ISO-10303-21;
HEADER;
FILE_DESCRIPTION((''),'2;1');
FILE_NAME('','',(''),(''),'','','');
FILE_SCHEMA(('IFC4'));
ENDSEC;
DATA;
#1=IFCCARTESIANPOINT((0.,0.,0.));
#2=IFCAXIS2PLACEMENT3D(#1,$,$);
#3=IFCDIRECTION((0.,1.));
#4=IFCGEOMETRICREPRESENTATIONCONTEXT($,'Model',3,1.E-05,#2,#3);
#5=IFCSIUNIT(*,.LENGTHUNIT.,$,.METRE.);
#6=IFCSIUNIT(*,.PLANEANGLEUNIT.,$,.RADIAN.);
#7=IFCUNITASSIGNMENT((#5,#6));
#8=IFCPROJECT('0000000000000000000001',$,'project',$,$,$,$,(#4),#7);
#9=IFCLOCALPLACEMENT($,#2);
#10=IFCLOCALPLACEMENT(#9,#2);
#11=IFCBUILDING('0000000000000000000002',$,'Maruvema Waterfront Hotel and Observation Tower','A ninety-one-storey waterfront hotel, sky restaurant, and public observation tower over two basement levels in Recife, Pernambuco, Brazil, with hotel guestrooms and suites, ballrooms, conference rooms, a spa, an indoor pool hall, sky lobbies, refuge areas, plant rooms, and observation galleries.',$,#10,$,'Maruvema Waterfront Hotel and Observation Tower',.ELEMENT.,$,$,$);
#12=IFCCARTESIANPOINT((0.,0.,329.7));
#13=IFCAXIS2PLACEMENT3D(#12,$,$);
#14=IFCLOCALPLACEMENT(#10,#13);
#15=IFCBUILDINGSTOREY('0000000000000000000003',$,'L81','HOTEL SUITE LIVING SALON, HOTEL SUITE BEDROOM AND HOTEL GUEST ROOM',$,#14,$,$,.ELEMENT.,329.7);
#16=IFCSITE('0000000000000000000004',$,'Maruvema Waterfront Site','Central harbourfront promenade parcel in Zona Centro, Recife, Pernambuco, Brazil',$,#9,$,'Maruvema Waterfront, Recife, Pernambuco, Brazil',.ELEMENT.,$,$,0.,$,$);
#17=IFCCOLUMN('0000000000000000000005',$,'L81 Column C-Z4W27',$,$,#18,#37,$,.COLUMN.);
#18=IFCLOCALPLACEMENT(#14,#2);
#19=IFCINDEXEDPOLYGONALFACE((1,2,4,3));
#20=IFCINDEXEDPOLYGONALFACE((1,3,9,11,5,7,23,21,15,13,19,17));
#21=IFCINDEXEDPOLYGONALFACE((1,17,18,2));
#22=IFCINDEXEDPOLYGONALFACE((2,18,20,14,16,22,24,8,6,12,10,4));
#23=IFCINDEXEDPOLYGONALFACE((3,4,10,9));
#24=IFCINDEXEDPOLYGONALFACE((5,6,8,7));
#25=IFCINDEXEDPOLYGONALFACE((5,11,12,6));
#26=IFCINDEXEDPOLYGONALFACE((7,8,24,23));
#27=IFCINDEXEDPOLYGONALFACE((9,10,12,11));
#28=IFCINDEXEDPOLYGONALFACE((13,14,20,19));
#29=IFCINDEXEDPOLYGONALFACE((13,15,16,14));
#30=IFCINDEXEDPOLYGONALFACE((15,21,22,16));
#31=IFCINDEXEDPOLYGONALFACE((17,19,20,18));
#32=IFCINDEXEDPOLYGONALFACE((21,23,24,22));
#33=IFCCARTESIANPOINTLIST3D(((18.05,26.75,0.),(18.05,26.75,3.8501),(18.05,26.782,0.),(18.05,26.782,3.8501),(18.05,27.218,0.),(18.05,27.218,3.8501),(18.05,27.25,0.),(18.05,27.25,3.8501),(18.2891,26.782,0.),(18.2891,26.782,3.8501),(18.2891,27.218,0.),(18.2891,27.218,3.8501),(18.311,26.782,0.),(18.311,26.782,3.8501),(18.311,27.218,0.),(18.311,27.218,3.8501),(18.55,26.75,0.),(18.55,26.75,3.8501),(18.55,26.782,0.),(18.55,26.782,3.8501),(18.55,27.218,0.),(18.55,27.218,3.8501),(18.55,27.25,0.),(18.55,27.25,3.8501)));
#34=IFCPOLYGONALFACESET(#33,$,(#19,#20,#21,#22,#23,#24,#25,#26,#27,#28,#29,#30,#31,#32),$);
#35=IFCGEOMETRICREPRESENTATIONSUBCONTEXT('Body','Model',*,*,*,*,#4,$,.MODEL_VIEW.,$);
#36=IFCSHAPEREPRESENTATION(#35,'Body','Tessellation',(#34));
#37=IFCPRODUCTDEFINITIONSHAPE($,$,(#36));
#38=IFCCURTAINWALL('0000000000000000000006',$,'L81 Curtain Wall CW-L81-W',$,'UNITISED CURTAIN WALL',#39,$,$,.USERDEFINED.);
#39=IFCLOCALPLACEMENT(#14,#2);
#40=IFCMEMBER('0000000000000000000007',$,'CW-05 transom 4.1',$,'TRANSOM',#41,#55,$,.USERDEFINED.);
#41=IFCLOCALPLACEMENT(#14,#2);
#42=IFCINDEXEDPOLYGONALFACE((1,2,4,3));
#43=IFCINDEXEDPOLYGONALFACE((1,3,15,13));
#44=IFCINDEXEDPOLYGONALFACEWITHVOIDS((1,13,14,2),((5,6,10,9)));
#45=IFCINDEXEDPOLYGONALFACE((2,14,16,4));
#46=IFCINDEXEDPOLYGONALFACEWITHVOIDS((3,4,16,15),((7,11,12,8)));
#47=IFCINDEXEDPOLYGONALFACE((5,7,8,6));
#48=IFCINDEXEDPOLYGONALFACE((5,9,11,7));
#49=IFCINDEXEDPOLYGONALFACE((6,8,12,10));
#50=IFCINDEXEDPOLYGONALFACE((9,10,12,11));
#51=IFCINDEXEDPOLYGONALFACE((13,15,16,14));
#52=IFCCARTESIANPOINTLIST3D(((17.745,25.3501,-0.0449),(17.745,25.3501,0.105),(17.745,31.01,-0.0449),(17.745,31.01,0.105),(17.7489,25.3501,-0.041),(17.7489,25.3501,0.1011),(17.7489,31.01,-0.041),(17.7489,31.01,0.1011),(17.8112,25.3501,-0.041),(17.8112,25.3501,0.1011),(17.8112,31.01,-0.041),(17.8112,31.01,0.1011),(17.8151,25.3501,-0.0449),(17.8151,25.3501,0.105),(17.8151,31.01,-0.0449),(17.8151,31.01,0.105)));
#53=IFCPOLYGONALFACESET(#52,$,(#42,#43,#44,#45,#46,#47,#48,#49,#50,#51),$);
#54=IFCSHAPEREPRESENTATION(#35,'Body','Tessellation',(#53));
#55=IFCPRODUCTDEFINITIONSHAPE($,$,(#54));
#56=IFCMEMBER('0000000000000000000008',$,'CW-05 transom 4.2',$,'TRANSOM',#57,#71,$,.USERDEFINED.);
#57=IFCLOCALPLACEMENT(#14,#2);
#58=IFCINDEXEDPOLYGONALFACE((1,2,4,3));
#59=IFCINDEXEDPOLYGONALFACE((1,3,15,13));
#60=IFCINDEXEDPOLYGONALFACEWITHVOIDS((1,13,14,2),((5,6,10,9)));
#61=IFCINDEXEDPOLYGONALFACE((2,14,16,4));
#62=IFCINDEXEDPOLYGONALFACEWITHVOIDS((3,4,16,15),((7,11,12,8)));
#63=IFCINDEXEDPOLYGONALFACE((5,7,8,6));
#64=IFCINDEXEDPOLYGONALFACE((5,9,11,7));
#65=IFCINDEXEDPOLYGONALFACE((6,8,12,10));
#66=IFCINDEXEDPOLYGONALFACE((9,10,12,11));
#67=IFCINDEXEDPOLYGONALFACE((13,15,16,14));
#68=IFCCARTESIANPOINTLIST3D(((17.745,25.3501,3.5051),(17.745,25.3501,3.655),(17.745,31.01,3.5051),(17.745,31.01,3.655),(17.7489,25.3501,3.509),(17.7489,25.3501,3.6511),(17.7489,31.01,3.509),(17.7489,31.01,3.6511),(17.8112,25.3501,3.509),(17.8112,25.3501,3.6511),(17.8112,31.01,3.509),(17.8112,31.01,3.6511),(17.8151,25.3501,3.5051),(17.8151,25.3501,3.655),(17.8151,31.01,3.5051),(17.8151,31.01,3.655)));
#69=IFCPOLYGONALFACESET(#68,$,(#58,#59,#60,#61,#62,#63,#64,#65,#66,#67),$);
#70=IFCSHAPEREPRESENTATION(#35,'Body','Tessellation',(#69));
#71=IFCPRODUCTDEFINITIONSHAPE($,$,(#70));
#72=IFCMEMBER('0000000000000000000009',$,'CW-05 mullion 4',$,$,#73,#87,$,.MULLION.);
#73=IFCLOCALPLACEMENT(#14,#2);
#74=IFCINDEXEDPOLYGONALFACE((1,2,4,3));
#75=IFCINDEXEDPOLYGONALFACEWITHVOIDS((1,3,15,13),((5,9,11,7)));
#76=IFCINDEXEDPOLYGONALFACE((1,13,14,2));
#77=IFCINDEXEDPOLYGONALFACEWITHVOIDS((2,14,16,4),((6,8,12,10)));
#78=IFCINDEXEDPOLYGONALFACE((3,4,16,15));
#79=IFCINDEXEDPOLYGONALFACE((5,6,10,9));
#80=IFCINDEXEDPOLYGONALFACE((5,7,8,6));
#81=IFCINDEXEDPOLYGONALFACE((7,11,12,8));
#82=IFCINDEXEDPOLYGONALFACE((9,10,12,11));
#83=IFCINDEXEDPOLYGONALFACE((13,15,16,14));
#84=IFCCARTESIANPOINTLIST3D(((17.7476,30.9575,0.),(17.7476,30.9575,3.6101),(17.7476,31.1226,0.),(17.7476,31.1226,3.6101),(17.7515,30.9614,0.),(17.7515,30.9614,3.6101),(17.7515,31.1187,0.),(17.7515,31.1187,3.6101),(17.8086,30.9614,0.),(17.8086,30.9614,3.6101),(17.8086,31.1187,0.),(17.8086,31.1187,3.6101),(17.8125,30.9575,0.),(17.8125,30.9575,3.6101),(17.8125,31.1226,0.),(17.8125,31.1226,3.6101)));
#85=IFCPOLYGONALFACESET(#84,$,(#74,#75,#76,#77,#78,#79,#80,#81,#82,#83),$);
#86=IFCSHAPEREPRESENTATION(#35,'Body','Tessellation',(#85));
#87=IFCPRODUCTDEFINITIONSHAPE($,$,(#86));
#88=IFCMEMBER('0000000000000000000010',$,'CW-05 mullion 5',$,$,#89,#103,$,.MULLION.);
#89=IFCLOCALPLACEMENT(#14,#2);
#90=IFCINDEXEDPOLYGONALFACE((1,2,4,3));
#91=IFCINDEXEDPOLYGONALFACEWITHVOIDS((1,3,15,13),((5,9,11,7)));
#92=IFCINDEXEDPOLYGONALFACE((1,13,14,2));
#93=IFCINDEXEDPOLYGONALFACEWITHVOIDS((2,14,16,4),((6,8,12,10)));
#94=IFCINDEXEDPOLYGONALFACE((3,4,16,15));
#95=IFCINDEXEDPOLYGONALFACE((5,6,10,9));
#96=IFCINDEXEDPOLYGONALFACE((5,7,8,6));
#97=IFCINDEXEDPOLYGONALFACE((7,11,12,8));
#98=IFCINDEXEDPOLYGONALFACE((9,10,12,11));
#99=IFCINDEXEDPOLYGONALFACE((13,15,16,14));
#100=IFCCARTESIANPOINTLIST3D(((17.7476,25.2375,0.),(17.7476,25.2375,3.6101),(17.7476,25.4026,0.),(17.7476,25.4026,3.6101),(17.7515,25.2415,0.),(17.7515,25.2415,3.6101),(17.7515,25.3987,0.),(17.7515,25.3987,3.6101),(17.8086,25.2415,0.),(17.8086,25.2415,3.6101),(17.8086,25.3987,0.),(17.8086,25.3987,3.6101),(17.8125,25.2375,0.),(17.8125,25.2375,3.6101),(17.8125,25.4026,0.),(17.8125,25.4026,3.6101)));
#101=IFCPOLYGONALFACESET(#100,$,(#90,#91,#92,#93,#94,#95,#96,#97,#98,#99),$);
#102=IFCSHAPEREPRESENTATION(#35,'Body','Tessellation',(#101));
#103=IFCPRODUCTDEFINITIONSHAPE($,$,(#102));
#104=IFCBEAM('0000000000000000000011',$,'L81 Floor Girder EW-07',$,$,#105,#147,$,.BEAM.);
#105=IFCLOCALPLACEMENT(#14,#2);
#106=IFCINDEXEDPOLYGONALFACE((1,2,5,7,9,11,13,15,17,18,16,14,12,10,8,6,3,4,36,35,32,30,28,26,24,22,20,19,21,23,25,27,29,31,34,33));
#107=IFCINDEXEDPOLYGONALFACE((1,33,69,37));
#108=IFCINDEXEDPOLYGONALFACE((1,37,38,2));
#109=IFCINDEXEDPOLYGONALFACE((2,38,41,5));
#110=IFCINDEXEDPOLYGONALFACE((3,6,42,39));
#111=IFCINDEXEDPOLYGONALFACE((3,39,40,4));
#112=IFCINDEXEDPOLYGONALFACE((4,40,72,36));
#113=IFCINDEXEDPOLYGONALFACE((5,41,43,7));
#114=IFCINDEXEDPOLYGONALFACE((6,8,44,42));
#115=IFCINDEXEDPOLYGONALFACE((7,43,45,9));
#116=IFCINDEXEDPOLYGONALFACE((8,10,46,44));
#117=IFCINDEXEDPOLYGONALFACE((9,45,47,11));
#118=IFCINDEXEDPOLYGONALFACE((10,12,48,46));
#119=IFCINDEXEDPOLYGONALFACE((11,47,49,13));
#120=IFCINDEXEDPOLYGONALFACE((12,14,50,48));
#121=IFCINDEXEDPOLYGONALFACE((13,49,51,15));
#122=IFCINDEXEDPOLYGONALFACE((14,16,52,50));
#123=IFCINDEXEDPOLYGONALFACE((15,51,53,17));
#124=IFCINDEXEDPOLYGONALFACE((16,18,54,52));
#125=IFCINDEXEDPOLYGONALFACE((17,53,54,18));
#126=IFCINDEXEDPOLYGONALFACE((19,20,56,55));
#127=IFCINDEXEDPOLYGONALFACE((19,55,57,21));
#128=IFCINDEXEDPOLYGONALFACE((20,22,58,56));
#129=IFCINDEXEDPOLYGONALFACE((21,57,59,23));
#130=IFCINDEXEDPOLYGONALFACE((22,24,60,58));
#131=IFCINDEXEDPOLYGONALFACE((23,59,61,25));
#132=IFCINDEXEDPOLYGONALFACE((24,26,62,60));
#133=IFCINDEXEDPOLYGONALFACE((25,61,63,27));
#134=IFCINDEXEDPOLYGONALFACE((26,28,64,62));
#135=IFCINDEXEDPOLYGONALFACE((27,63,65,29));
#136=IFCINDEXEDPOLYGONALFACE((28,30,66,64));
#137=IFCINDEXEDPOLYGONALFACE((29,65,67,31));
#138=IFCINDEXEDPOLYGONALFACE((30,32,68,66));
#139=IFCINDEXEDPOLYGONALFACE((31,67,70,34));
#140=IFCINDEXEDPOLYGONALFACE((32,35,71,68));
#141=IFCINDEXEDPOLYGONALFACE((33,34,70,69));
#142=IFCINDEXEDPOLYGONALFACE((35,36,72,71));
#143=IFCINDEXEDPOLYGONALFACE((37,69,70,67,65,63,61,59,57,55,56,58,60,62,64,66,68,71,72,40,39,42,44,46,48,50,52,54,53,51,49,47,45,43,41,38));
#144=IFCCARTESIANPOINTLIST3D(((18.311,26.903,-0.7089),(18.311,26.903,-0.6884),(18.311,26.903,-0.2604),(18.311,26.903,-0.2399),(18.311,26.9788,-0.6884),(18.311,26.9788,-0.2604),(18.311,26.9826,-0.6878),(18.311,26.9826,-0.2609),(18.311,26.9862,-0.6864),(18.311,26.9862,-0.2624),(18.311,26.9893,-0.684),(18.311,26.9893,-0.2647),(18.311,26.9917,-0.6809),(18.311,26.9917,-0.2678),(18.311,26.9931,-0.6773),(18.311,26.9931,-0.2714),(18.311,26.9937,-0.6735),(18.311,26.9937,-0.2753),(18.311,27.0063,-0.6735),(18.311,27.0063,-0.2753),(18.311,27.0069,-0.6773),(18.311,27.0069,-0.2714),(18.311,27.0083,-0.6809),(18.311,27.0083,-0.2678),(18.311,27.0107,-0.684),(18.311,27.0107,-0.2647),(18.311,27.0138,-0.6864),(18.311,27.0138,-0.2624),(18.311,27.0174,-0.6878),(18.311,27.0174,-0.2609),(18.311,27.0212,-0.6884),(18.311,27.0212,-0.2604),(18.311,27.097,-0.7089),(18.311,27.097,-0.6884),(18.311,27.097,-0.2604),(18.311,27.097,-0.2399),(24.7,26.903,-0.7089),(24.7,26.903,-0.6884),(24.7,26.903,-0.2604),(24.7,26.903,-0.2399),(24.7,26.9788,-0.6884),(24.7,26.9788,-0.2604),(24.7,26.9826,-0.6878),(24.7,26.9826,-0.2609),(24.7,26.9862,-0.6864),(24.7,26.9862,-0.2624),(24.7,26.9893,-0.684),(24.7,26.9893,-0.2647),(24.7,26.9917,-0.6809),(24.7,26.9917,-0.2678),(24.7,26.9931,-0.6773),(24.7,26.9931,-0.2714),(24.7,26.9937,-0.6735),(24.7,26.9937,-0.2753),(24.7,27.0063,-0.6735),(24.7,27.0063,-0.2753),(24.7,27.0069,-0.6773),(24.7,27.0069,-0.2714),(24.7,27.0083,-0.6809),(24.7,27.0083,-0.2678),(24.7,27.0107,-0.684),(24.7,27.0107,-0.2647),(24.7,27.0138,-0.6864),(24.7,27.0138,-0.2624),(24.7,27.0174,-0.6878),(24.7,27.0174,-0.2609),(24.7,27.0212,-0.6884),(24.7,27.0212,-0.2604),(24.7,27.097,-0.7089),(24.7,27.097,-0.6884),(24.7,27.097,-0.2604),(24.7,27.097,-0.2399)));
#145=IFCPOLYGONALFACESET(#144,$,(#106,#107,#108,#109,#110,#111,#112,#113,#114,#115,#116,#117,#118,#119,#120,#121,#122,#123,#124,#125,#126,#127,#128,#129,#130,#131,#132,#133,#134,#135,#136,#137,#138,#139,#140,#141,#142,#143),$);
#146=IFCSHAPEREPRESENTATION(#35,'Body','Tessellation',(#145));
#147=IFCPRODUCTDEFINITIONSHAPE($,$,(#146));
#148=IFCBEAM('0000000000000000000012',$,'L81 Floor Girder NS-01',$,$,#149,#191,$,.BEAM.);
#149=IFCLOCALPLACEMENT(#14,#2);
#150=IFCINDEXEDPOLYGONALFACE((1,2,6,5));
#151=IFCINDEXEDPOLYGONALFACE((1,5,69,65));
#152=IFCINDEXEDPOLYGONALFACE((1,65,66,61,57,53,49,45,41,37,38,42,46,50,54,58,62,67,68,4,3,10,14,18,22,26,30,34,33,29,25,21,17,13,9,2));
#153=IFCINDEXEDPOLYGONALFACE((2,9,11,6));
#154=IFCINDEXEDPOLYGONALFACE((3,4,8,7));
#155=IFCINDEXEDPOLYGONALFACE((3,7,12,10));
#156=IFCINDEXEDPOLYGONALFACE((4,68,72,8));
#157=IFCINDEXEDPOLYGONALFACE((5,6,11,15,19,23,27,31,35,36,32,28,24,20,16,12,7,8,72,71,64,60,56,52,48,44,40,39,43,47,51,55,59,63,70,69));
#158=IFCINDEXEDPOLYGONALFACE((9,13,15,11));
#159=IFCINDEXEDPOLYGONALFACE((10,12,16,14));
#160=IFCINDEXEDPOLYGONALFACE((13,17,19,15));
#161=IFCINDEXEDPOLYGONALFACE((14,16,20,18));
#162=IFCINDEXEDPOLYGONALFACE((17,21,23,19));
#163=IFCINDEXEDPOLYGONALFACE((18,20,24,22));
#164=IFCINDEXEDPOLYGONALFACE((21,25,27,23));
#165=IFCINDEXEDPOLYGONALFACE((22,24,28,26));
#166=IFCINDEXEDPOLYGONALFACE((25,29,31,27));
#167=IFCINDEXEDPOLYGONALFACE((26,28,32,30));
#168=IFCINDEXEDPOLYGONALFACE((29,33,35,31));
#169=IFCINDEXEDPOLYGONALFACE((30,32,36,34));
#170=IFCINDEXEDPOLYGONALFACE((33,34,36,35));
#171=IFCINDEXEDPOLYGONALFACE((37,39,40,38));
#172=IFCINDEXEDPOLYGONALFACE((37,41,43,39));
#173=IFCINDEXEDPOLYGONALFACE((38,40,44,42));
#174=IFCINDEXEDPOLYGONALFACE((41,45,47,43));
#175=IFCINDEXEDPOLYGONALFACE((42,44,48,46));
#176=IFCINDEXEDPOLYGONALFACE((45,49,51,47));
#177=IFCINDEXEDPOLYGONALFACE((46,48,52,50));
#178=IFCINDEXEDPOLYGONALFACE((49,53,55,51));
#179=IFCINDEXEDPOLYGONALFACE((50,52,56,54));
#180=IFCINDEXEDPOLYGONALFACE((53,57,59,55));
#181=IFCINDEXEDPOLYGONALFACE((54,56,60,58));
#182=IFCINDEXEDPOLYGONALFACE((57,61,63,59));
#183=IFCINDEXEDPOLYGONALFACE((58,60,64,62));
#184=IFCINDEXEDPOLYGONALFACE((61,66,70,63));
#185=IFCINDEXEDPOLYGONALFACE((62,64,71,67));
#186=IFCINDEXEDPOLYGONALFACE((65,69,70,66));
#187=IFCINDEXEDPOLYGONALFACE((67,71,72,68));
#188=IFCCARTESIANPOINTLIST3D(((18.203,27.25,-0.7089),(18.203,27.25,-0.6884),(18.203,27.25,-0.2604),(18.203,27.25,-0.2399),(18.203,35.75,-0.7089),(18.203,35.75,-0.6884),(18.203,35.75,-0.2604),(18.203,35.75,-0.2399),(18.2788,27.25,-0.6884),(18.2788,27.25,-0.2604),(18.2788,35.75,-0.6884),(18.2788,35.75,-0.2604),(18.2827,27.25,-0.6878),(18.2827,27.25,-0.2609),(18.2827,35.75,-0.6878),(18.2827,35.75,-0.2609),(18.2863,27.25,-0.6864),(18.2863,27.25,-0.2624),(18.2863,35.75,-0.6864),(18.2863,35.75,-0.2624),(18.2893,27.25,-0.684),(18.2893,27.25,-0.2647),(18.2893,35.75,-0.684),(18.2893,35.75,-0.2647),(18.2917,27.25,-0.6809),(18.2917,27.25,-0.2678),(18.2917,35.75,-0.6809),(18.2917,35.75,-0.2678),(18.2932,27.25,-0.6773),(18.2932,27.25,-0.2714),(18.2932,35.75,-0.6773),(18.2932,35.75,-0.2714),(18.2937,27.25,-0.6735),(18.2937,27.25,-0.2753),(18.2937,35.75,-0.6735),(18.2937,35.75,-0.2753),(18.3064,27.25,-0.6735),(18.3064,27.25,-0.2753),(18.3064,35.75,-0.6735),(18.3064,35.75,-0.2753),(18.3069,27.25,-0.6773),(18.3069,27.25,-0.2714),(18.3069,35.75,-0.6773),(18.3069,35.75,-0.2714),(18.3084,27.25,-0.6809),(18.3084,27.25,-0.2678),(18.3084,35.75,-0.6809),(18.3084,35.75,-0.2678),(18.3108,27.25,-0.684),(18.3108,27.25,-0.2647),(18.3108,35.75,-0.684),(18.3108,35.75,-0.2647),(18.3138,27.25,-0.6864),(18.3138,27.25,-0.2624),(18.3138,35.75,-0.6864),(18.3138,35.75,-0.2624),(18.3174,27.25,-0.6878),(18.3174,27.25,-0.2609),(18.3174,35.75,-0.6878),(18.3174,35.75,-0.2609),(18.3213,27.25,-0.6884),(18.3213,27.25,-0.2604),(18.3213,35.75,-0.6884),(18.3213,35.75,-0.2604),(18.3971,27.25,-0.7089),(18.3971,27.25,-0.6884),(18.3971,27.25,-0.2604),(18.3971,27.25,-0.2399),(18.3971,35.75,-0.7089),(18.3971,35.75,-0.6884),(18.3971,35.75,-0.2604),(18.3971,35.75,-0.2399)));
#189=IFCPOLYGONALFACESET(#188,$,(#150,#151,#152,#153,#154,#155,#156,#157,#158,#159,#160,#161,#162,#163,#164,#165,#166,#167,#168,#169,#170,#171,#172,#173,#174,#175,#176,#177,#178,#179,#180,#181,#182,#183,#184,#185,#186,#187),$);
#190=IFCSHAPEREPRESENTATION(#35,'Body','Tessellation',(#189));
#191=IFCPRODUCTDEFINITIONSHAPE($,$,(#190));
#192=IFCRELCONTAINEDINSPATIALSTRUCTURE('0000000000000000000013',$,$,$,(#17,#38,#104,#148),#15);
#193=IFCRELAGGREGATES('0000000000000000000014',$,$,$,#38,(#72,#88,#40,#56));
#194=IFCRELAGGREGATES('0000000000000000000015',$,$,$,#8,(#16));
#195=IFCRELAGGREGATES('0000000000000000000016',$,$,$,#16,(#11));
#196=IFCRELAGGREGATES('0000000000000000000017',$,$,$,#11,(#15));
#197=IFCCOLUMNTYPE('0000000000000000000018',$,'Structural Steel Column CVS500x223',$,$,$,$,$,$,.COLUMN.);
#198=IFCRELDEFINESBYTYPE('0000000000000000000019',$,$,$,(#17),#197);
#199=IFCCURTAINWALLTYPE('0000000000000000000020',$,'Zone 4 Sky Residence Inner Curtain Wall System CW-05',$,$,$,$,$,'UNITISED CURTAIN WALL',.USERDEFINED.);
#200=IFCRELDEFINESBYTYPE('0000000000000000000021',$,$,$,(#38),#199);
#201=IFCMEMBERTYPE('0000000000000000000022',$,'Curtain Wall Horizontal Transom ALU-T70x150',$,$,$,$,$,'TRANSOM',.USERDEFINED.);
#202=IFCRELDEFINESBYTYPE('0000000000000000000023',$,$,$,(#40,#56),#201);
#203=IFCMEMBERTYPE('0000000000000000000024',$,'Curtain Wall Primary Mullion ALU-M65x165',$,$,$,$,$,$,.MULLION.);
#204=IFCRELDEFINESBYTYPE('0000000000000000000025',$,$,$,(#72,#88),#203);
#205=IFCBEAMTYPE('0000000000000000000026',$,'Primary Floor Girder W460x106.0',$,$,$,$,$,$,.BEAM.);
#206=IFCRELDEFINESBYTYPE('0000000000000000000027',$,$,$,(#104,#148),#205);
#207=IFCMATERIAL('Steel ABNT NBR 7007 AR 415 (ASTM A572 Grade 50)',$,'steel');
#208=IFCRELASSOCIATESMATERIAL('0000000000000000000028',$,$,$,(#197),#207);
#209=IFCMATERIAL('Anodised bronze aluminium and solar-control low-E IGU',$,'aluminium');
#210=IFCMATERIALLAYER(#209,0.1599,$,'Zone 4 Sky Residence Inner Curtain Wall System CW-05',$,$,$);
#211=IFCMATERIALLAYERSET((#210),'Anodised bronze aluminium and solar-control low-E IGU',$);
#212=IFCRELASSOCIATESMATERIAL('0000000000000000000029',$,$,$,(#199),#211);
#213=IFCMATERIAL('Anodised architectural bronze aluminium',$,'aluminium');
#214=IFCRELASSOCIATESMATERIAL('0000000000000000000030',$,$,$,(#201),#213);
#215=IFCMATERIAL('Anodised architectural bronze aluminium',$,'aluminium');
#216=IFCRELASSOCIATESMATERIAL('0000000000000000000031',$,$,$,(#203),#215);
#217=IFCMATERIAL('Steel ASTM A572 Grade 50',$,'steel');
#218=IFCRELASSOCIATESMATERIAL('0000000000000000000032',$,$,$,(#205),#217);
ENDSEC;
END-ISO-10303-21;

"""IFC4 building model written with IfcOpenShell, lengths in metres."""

from ifc_helpers import new_model, si_unit, direction, frame, origin, origin_2d, place, context, subcontext, project, spatial, hollow_rectangle, i_section, extrude, material, layer, layer_set, material_profile, profile_set, type_object, element, aggregate, save


model = new_model("IFC4")

# Units and contexts
model_context = context("Model", 3, precision=1e-05, world=origin(), true_north=direction((0.0, 1.0)))
body_context = subcontext(model_context, "Body", "Model", "MODEL_VIEW")
ifc_project = project(units=[si_unit("LENGTHUNIT", "METRE"), si_unit("PLANEANGLEUNIT", "RADIAN")], contexts=[model_context])

# Site, building, storey
site_placement = place(None, origin())
site = spatial("IfcSite", under=ifc_project, at=site_placement, Name="Maruvema Waterfront Site", Description="Central harbourfront promenade parcel in Zona Centro, Recife, Pernambuco, Brazil", LongName="Maruvema Waterfront, Recife, Pernambuco, Brazil", CompositionType="ELEMENT", RefElevation=0.0)
building_placement = place(site_placement, origin())
building = spatial("IfcBuilding", under=site, at=building_placement, Name="Maruvema Waterfront Hotel and Observation Tower", Description="A ninety-one-storey waterfront hotel, sky restaurant, and public observation tower over two basement levels in Recife, Pernambuco, Brazil, with hotel guestrooms and suites, ballrooms, conference rooms, a spa, an indoor pool hall, sky lobbies, refuge areas, plant rooms, and observation galleries.", LongName="Maruvema Waterfront Hotel and Observation Tower", CompositionType="ELEMENT")
storey_placement = place(building_placement, frame((0.0, 0.0, 329.7)))
storey = spatial("IfcBuildingStorey", under=building, at=storey_placement, Name="L81", Description="HOTEL SUITE LIVING SALON, HOTEL SUITE BEDROOM AND HOTEL GUEST ROOM", CompositionType="ELEMENT", Elevation=329.7)

# Column
ifc_material_1 = material(Name="Steel ABNT NBR 7007 AR 415 (ASTM A572 Grade 50)", Category="steel")
ifc_material_profile_1 = material_profile(ifc_material_1, i_section(OverallWidth=0.5, OverallDepth=0.5, WebThickness=0.022, FlangeThickness=0.032, at=origin_2d()), Name="CVS500x223")
ifc_profile_set_1 = profile_set([ifc_material_profile_1], Name="Steel ABNT NBR 7007 AR 415 (ASTM A572 Grade 50)")
column_type = type_object("IfcColumnType", Name="Structural Steel Column CVS500x223", PredefinedType="COLUMN", material=ifc_profile_set_1)
column_placement = place(storey_placement, frame((18.3, 27.0, 0.0), z_axis=(0.0, 0.0, 1.0), x_axis=(1.0, 0.0, 0.0)))
element("IfcColumn", 1, at=column_placement, inside=storey, type_object=column_type, Name="L81 Column C-Z4W27", PredefinedType="COLUMN", context=body_context, shape_type="SweptSolid", body=[
    extrude(i_section(OverallWidth=0.5, OverallDepth=0.5, WebThickness=0.022, FlangeThickness=0.032, at=origin_2d()), origin(), (0.0, 0.0, 1.0), 3.8501),
])

# Curtain wall, members
ifc_material_2 = material(Name="Anodised bronze aluminium and solar-control low-E IGU", Category="aluminium")
ifc_layer_1 = layer(ifc_material_2, 0.1599, Name="Zone 4 Sky Residence Inner Curtain Wall System CW-05")
ifc_layer_set_1 = layer_set([ifc_layer_1], Name="Anodised bronze aluminium and solar-control low-E IGU")
curtain_wall_type = type_object("IfcCurtainWallType", Name="Zone 4 Sky Residence Inner Curtain Wall System CW-05", ElementType="UNITISED CURTAIN WALL", PredefinedType="USERDEFINED", material=ifc_layer_set_1)
curtain_wall_placement = place(storey_placement, origin())
curtain_wall = element("IfcCurtainWall", 2, at=curtain_wall_placement, inside=storey, type_object=curtain_wall_type, Name="L81 Curtain Wall CW-L81-W", ObjectType="UNITISED CURTAIN WALL", PredefinedType="USERDEFINED")
ifc_material_3 = material(Name="Anodised architectural bronze aluminium", Category="aluminium")
ifc_material_profile_2 = material_profile(ifc_material_3, hollow_rectangle(XDim=0.0701, YDim=0.1499, WallThickness=0.0039, at=origin_2d()), Name="ALU-T70x150")
ifc_profile_set_2 = profile_set([ifc_material_profile_2], Name="Anodised architectural bronze aluminium")
member_type_1 = type_object("IfcMemberType", Name="Curtain Wall Horizontal Transom ALU-T70x150", ElementType="TRANSOM", PredefinedType="USERDEFINED", material=ifc_profile_set_2)
member_1_placement = place(storey_placement, frame((17.78, 31.01, 0.03), z_axis=(0.0, -1.0, 0.0), x_axis=(1.0, 0.0, 0.0)))
member_1 = element("IfcMember", 3, at=member_1_placement, type_object=member_type_1, Name="CW-05 transom 4.1", ObjectType="TRANSOM", PredefinedType="USERDEFINED", context=body_context, shape_type="SweptSolid", body=[
    extrude(hollow_rectangle(XDim=0.0701, YDim=0.1499, WallThickness=0.0039, at=origin_2d()), origin(), (0.0, 0.0, 1.0), 5.6599),
])
member_2_placement = place(storey_placement, frame((17.78, 31.01, 3.5801), z_axis=(0.0, -1.0, 0.0), x_axis=(1.0, 0.0, 0.0)))
member_2 = element("IfcMember", 4, at=member_2_placement, type_object=member_type_1, Name="CW-05 transom 4.2", ObjectType="TRANSOM", PredefinedType="USERDEFINED", context=body_context, shape_type="SweptSolid", body=[
    extrude(hollow_rectangle(XDim=0.0701, YDim=0.1499, WallThickness=0.0039, at=origin_2d()), origin(), (0.0, 0.0, 1.0), 5.6599),
])
ifc_material_4 = material(Name="Anodised architectural bronze aluminium", Category="aluminium")
ifc_material_profile_3 = material_profile(ifc_material_4, hollow_rectangle(XDim=0.0649, YDim=0.165, WallThickness=0.0039, at=origin_2d()), Name="ALU-M65x165")
ifc_profile_set_3 = profile_set([ifc_material_profile_3], Name="Anodised architectural bronze aluminium")
member_type_2 = type_object("IfcMemberType", Name="Curtain Wall Primary Mullion ALU-M65x165", PredefinedType="MULLION", material=ifc_profile_set_3)
member_3_placement = place(storey_placement, frame((17.78, 31.04, 0.0), z_axis=(0.0, 0.0, 1.0), x_axis=(1.0, 0.0, 0.0)))
member_3 = element("IfcMember", 5, at=member_3_placement, type_object=member_type_2, Name="CW-05 mullion 4", PredefinedType="MULLION", context=body_context, shape_type="SweptSolid", body=[
    extrude(hollow_rectangle(XDim=0.0649, YDim=0.165, WallThickness=0.0039, at=origin_2d()), origin(), (0.0, 0.0, 1.0), 3.6101),
])
member_4_placement = place(storey_placement, frame((17.78, 25.3201, 0.0), z_axis=(0.0, 0.0, 1.0), x_axis=(1.0, 0.0, 0.0)))
member_4 = element("IfcMember", 6, at=member_4_placement, type_object=member_type_2, Name="CW-05 mullion 5", PredefinedType="MULLION", context=body_context, shape_type="SweptSolid", body=[
    extrude(hollow_rectangle(XDim=0.0649, YDim=0.165, WallThickness=0.0039, at=origin_2d()), origin(), (0.0, 0.0, 1.0), 3.6101),
])

# Beams
ifc_material_5 = material(Name="Steel ASTM A572 Grade 50", Category="steel")
ifc_material_profile_4 = material_profile(ifc_material_5, i_section(OverallWidth=0.1941, OverallDepth=0.469, WebThickness=0.0127, FlangeThickness=0.0205, FilletRadius=0.0149, at=origin_2d()), Name="W460x106.0")
ifc_profile_set_4 = profile_set([ifc_material_profile_4], Name="Steel ASTM A572 Grade 50")
beam_type_1 = type_object("IfcBeamType", Name="Primary Floor Girder W460x106.0", PredefinedType="BEAM", material=ifc_profile_set_4)
beam_1_placement = place(storey_placement, frame((18.311, 27.0, -0.4744), z_axis=(1.0, 0.0, 0.0), x_axis=(0.0, 1.0, 0.0)))
element("IfcBeam", 7, at=beam_1_placement, inside=storey, type_object=beam_type_1, Name="L81 Floor Girder EW-07", PredefinedType="BEAM", context=body_context, shape_type="SweptSolid", body=[
    extrude(i_section(OverallWidth=0.1941, OverallDepth=0.469, WebThickness=0.0127, FlangeThickness=0.0205, FilletRadius=0.0149, at=origin_2d()), origin(), (0.0, 0.0, 1.0), 6.3889),
])
beam_2_placement = place(storey_placement, frame((18.3, 27.25, -0.4744), z_axis=(0.0, 1.0, 0.0), x_axis=(-1.0, 0.0, 0.0)))
element("IfcBeam", 8, at=beam_2_placement, inside=storey, type_object=beam_type_1, Name="L81 Floor Girder NS-01", PredefinedType="BEAM", context=body_context, shape_type="SweptSolid", body=[
    extrude(i_section(OverallWidth=0.1941, OverallDepth=0.469, WebThickness=0.0127, FlangeThickness=0.0205, FilletRadius=0.0149, at=origin_2d()), origin(), (0.0, 0.0, 1.0), 8.5),
])

aggregate(curtain_wall, [member_3, member_4, member_1, member_2])

save(model, "model.ifc")
